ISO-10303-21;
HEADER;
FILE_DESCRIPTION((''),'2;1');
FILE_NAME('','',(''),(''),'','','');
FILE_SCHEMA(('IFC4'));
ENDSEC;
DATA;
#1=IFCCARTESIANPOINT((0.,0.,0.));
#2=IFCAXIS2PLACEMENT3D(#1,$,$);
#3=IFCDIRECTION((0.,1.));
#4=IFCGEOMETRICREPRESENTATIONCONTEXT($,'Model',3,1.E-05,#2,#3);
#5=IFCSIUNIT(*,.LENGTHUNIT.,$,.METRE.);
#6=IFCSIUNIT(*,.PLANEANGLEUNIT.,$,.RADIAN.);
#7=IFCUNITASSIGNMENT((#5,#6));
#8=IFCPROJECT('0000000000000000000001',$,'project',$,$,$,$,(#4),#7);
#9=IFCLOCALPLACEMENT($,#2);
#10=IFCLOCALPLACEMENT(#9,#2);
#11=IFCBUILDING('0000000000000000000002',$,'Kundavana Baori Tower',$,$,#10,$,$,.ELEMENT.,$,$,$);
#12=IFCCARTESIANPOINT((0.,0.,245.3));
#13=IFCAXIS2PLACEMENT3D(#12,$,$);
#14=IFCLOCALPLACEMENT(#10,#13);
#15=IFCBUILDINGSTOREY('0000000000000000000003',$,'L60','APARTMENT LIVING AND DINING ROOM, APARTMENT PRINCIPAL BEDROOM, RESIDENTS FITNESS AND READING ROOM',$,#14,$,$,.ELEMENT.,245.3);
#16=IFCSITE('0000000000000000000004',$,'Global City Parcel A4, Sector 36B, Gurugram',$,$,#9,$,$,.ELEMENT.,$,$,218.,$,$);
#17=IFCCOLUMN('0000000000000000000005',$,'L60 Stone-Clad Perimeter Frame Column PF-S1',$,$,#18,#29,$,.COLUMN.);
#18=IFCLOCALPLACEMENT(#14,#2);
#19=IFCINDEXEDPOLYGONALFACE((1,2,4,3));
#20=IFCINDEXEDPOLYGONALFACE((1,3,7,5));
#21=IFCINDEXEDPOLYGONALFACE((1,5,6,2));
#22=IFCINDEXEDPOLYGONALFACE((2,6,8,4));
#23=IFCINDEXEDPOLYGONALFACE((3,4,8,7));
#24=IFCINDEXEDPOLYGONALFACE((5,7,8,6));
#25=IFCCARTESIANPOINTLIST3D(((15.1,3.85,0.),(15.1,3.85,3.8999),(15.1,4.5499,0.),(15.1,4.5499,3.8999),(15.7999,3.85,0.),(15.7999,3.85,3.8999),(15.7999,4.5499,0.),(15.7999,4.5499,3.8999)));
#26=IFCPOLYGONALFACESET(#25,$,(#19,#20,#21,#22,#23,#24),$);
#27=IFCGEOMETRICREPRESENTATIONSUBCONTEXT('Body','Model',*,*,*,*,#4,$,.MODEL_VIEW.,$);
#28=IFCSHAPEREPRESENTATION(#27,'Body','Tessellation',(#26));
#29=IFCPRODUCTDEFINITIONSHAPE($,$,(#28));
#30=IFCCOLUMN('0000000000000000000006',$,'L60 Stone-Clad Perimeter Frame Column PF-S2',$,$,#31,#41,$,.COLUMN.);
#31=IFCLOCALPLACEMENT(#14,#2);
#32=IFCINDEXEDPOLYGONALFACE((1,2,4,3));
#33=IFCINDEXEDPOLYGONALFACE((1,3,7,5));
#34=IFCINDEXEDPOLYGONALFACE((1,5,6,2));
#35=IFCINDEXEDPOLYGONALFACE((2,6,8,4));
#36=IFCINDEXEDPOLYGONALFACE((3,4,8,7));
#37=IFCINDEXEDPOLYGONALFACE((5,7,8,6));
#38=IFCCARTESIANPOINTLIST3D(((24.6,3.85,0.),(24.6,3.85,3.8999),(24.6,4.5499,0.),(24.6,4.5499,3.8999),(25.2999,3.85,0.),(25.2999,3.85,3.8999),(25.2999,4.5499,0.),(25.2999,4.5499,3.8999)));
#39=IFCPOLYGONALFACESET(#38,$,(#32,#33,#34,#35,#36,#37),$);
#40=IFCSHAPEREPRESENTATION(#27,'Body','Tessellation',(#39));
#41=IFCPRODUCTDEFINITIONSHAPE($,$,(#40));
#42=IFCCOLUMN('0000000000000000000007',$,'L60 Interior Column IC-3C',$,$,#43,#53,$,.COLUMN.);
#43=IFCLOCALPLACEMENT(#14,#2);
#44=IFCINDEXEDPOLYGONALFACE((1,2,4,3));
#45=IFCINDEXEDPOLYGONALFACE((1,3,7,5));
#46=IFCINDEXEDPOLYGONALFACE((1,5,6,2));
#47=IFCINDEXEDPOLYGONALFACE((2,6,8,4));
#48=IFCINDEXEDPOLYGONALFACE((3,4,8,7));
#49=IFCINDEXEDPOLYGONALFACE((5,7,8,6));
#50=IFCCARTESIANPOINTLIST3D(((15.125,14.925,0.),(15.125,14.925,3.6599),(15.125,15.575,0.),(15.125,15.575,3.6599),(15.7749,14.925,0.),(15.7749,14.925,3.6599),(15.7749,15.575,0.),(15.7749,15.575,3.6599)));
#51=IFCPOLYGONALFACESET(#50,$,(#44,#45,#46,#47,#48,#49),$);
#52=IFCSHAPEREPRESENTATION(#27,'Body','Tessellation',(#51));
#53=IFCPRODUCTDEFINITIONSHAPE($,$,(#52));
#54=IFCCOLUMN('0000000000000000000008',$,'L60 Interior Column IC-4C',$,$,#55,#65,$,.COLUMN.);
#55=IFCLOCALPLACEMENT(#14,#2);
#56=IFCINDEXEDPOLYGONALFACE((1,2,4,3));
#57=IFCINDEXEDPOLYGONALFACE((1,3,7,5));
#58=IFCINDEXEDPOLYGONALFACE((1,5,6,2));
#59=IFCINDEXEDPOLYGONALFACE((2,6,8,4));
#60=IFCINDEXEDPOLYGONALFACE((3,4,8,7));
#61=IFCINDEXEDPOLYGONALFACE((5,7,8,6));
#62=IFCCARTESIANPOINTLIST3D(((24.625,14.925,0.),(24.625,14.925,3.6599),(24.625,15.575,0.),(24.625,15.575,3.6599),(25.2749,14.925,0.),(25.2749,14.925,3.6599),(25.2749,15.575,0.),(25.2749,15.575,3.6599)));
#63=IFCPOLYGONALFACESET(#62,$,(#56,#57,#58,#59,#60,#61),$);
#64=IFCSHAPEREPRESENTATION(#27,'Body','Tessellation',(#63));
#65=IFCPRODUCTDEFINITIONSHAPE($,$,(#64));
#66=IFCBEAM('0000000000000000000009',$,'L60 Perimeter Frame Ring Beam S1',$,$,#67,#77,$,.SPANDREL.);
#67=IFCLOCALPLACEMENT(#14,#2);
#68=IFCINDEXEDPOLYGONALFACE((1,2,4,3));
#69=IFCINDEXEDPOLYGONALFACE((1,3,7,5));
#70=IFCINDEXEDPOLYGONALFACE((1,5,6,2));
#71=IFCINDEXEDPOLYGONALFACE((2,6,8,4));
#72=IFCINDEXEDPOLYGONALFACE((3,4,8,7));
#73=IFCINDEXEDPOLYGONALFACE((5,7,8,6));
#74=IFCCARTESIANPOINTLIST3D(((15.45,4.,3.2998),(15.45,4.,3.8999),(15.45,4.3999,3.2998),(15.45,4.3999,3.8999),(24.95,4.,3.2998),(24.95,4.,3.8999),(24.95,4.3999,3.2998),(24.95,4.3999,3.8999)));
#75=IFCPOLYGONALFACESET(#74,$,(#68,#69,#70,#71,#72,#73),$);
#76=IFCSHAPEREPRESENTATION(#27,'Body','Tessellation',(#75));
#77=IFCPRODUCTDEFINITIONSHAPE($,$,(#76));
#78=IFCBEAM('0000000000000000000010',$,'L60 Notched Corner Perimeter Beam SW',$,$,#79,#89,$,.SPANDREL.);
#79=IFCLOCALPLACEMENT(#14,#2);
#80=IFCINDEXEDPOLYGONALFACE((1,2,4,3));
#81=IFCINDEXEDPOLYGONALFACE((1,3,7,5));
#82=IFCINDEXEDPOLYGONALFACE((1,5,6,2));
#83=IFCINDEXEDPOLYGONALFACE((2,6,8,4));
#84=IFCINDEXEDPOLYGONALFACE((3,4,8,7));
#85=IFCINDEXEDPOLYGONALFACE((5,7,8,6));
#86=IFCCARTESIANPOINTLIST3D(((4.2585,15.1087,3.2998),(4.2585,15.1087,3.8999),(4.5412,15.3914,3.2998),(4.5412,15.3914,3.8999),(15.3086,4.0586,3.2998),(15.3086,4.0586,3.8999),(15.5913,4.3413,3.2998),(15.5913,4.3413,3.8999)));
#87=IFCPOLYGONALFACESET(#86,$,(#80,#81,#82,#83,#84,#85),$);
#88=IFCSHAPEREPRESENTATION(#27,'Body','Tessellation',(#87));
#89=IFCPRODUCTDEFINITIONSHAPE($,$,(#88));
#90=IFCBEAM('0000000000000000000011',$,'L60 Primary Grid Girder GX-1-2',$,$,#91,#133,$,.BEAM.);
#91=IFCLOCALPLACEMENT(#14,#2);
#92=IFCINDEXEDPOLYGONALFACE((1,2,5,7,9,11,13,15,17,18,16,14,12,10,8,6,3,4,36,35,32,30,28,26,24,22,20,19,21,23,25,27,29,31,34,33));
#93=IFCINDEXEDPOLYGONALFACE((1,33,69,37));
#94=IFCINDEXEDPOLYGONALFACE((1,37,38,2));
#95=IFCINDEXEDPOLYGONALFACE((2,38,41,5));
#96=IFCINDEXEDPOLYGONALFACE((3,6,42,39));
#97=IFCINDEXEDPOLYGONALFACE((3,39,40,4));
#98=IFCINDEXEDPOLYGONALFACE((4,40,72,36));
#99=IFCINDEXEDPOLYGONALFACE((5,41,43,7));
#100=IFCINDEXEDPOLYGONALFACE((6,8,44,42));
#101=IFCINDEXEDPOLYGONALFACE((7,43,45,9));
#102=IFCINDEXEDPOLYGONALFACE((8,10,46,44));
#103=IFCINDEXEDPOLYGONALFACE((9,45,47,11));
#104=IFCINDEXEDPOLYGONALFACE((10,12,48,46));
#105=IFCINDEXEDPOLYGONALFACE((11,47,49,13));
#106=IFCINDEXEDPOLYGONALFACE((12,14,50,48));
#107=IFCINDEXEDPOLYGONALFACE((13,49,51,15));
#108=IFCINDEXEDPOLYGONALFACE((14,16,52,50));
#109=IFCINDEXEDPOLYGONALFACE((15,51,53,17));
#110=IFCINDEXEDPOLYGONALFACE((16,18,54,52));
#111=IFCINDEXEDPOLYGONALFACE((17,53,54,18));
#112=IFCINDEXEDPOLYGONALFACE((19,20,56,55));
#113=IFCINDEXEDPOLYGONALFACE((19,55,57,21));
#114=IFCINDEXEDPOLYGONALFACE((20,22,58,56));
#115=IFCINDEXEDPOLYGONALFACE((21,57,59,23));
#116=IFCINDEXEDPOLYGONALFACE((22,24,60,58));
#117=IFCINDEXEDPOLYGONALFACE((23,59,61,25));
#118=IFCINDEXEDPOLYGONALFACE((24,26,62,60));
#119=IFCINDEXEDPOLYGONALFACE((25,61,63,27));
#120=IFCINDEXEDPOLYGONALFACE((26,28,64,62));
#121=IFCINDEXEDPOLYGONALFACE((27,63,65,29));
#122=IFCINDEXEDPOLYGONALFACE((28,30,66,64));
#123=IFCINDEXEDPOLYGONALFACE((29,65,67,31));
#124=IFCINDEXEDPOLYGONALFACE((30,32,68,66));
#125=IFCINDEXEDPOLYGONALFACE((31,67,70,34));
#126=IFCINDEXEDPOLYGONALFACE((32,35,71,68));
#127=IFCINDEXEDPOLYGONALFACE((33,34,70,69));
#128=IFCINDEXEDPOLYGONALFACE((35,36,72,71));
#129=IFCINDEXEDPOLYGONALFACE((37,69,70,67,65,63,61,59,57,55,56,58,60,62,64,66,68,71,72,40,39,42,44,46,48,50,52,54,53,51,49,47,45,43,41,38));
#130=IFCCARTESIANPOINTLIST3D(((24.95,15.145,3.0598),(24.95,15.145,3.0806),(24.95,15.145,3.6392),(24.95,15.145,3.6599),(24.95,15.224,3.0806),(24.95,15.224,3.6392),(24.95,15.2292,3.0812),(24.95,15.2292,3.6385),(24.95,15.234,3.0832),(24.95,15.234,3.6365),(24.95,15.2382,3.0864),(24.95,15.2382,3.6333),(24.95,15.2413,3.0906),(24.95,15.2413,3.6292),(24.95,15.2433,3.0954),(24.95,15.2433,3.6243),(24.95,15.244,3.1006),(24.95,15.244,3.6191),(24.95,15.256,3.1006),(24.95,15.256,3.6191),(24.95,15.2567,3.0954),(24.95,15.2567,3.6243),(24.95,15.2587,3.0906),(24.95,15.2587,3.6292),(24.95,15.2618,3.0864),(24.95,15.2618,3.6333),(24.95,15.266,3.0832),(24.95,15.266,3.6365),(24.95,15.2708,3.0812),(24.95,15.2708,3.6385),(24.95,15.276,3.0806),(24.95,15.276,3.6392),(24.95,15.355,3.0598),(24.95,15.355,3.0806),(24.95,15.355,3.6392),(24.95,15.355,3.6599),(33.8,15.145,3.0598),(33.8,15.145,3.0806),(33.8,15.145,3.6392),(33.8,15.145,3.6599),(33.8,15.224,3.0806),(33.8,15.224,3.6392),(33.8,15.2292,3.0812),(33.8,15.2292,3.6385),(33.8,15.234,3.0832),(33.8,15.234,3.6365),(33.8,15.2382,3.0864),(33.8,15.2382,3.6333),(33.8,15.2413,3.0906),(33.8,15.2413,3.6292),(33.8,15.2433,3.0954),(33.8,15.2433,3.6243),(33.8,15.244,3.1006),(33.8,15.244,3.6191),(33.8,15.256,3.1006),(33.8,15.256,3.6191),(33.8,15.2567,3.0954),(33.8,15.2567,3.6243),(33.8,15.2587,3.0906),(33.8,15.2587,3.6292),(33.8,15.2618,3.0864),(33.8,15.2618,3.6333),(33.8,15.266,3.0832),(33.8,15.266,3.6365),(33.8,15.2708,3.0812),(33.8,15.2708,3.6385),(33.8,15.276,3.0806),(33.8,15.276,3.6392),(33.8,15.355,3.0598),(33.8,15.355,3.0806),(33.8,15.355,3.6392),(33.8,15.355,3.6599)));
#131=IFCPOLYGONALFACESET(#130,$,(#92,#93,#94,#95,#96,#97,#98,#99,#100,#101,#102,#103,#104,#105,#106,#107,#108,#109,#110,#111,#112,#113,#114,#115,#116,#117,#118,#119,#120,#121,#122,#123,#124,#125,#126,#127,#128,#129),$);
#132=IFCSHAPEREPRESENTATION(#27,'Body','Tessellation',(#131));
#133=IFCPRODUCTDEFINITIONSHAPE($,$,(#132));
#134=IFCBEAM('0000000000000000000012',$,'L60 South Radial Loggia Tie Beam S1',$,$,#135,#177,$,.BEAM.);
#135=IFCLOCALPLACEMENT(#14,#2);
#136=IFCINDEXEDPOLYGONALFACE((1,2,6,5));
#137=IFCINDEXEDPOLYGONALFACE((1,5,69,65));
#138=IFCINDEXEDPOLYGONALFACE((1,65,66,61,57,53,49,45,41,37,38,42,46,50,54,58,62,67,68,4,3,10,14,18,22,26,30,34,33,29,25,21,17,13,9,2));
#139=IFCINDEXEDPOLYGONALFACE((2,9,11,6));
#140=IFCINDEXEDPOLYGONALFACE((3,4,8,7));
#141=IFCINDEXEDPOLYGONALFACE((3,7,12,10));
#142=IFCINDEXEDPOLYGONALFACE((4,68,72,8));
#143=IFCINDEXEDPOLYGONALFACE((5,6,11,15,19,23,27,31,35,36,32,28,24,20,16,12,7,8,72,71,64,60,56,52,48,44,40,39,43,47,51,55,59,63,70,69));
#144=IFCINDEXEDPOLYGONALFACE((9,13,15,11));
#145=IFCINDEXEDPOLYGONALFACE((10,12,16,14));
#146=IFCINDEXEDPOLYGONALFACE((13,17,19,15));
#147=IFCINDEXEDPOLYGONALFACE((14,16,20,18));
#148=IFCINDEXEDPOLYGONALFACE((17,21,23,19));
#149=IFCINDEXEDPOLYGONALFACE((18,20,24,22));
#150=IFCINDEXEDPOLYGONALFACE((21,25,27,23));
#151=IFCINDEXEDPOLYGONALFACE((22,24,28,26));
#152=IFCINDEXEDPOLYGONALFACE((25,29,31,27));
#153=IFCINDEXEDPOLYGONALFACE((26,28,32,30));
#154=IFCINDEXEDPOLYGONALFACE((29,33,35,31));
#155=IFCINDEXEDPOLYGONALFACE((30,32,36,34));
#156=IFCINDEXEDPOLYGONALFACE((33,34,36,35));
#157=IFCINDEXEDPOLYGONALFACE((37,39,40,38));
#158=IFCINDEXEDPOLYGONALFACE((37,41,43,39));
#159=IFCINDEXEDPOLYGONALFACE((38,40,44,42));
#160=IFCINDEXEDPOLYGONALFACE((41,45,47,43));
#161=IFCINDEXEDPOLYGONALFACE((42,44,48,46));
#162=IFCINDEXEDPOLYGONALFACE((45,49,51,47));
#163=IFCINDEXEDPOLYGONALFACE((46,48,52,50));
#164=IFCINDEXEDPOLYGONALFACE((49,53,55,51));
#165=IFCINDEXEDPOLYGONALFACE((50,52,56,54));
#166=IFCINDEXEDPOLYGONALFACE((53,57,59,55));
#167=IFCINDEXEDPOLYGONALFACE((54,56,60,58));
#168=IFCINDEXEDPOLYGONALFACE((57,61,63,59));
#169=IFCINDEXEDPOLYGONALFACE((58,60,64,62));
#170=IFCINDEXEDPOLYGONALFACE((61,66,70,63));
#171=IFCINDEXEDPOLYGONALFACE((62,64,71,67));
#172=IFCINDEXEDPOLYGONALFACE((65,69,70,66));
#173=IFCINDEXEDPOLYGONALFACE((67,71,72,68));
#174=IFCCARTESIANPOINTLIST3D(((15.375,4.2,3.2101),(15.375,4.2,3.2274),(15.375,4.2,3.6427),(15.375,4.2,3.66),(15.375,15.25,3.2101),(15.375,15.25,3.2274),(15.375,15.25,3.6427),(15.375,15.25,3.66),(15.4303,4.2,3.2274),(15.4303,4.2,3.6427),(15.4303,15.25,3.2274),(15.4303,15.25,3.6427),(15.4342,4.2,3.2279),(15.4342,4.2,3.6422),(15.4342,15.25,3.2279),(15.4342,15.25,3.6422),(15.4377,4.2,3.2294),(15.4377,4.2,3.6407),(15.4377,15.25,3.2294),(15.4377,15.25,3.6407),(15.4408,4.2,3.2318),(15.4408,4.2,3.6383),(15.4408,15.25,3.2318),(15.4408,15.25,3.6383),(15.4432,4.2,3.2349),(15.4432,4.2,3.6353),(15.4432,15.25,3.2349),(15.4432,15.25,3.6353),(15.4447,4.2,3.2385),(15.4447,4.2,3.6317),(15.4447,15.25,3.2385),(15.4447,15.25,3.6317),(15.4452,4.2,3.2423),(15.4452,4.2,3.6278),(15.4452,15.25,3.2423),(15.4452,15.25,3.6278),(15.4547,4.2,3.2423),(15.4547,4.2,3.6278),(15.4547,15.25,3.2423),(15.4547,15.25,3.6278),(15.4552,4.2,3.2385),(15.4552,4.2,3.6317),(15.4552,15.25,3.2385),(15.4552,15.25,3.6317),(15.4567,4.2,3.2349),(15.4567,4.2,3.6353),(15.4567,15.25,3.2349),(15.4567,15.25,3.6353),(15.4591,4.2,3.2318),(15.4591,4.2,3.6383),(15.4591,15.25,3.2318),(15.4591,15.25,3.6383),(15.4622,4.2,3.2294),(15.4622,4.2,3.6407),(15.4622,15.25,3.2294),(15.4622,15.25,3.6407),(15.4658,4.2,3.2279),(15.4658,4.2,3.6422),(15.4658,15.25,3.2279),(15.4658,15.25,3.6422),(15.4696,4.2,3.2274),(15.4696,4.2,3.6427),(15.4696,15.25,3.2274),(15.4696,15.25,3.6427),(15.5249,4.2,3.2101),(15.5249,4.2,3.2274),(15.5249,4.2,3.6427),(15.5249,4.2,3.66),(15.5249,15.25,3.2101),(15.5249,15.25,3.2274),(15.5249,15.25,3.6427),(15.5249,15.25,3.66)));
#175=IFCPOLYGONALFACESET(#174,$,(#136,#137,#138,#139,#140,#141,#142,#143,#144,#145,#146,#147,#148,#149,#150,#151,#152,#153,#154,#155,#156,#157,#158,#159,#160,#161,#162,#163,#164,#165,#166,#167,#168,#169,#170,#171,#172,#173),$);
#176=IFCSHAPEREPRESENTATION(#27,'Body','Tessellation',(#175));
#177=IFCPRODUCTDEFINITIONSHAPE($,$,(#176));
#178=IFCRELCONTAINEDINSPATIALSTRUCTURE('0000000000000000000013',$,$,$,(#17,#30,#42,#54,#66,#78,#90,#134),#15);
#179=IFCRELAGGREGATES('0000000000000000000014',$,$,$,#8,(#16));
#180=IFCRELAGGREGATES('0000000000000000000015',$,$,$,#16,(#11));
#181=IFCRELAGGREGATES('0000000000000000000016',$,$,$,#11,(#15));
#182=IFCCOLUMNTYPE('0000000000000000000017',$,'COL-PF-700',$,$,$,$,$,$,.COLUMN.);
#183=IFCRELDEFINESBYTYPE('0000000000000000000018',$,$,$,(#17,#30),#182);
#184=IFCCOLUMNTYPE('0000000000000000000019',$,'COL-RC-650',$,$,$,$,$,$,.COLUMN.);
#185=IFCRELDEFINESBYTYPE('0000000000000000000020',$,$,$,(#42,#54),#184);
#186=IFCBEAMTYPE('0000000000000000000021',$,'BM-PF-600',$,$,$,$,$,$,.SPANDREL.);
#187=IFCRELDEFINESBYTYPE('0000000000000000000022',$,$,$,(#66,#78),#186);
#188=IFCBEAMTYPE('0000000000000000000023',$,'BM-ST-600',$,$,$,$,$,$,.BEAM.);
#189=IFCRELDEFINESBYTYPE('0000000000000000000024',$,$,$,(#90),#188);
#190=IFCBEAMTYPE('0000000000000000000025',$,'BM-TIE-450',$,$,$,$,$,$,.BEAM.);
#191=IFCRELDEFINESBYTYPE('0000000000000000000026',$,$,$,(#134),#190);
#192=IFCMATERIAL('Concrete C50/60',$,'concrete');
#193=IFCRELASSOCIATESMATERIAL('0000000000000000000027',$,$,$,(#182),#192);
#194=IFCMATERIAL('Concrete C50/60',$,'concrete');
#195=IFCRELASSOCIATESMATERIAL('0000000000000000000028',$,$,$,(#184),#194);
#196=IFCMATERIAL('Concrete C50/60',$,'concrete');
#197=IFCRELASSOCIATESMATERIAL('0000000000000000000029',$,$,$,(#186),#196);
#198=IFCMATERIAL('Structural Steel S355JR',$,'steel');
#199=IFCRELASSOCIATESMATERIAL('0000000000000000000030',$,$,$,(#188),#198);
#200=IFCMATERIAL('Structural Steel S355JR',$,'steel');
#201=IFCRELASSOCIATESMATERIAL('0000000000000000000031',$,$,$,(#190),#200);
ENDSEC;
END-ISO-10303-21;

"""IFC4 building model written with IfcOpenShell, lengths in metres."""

from ifc_helpers import new_model, si_unit, direction, frame, origin, origin_2d, place, context, subcontext, project, spatial, rectangle, i_section, extrude, material, material_profile, profile_set, type_object, element, save


model = new_model("IFC4")

# Units and contexts
model_context = context("Model", 3, precision=1e-05, world=origin(), true_north=direction((0.0, 1.0)))
body_context = subcontext(model_context, "Body", "Model", "MODEL_VIEW")
ifc_project = project(units=[si_unit("LENGTHUNIT", "METRE"), si_unit("PLANEANGLEUNIT", "RADIAN")], contexts=[model_context])

# Site, building, storey
site_placement = place(None, origin())
site = spatial("IfcSite", under=ifc_project, at=site_placement, Name="Global City Parcel A4, Sector 36B, Gurugram", CompositionType="ELEMENT", RefElevation=218.0)
building_placement = place(site_placement, origin())
building = spatial("IfcBuilding", under=site, at=building_placement, Name="Kundavana Baori Tower", CompositionType="ELEMENT")
storey_placement = place(building_placement, frame((0.0, 0.0, 245.3)))
storey = spatial("IfcBuildingStorey", under=building, at=storey_placement, Name="L60", Description="APARTMENT LIVING AND DINING ROOM, APARTMENT PRINCIPAL BEDROOM, RESIDENTS FITNESS AND READING ROOM", CompositionType="ELEMENT", Elevation=245.3)

# Columns
ifc_material_1 = material(Name="Concrete C50/60", Category="concrete")
ifc_material_profile_1 = material_profile(ifc_material_1, rectangle(XDim=0.7, YDim=0.7, at=origin_2d()), Name="RC PF 700x700")
ifc_profile_set_1 = profile_set([ifc_material_profile_1], Name="Concrete C50/60")
column_type_1 = type_object("IfcColumnType", Name="COL-PF-700", PredefinedType="COLUMN", material=ifc_profile_set_1)
for number, where, z_axis, x_axis, name in (
    (1, (15.45, 4.2, 0.0), (0.0, 0.0, 1.0), (1.0, 0.0, 0.0), "L60 Stone-Clad Perimeter Frame Column PF-S1"),
    (2, (24.95, 4.2, 0.0), (0.0, 0.0, 1.0), (1.0, 0.0, 0.0), "L60 Stone-Clad Perimeter Frame Column PF-S2"),
):
    element("IfcColumn", number, at=place(storey_placement, frame(where, z_axis=z_axis, x_axis=x_axis)), inside=storey, type_object=column_type_1, Name=name, PredefinedType="COLUMN", context=body_context, shape_type="SweptSolid", body=[
        extrude(rectangle(XDim=0.7, YDim=0.7, at=origin_2d()), origin(), (0.0, 0.0, 1.0), 3.8999),
    ])
ifc_material_2 = material(Name="Concrete C50/60", Category="concrete")
ifc_material_profile_2 = material_profile(ifc_material_2, rectangle(XDim=0.6499, YDim=0.6499, at=origin_2d()), Name="RC 650x650")
ifc_profile_set_2 = profile_set([ifc_material_profile_2], Name="Concrete C50/60")
column_type_2 = type_object("IfcColumnType", Name="COL-RC-650", PredefinedType="COLUMN", material=ifc_profile_set_2)
for number, where, z_axis, x_axis, name in (
    (3, (15.45, 15.25, 0.0), (0.0, 0.0, 1.0), (1.0, 0.0, 0.0), "L60 Interior Column IC-3C"),
    (4, (24.95, 15.25, 0.0), (0.0, 0.0, 1.0), (1.0, 0.0, 0.0), "L60 Interior Column IC-4C"),
):
    element("IfcColumn", number, at=place(storey_placement, frame(where, z_axis=z_axis, x_axis=x_axis)), inside=storey, type_object=column_type_2, Name=name, PredefinedType="COLUMN", context=body_context, shape_type="SweptSolid", body=[
        extrude(rectangle(XDim=0.6499, YDim=0.6499, at=origin_2d()), origin(), (0.0, 0.0, 1.0), 3.6599),
    ])

# Beams
ifc_material_3 = material(Name="Concrete C50/60", Category="concrete")
ifc_material_profile_3 = material_profile(ifc_material_3, rectangle(XDim=0.3999, YDim=0.6001, at=origin_2d()), Name="RC BM 400x600")
ifc_profile_set_3 = profile_set([ifc_material_profile_3], Name="Concrete C50/60")
beam_type_1 = type_object("IfcBeamType", Name="BM-PF-600", PredefinedType="SPANDREL", material=ifc_profile_set_3)
beam_1_placement = place(storey_placement, frame((15.45, 4.2, 3.5999), z_axis=(1.0, 0.0, 0.0), x_axis=(0.0, 1.0, 0.0)))
element("IfcBeam", 5, at=beam_1_placement, inside=storey, type_object=beam_type_1, Name="L60 Perimeter Frame Ring Beam S1", PredefinedType="SPANDREL", context=body_context, shape_type="SweptSolid", body=[
    extrude(rectangle(XDim=0.3999, YDim=0.6001, at=origin_2d()), origin(), (0.0, 0.0, 1.0), 9.5),
])
beam_2_placement = place(storey_placement, frame((15.45, 4.2, 3.5999), z_axis=(-0.707107, 0.707107, 0.0), x_axis=(-0.707107, -0.707107, 0.0)))
element("IfcBeam", 6, at=beam_2_placement, inside=storey, type_object=beam_type_1, Name="L60 Notched Corner Perimeter Beam SW", PredefinedType="SPANDREL", context=body_context, shape_type="SweptSolid", body=[
    extrude(rectangle(XDim=0.3999, YDim=0.6001, at=origin_2d()), origin(), (0.0, 0.0, 1.0), 15.6272),
])
ifc_material_4 = material(Name="Structural Steel S355JR", Category="steel")
ifc_material_profile_4 = material_profile(ifc_material_4, i_section(OverallWidth=0.21, OverallDepth=0.6001, WebThickness=0.012, FlangeThickness=0.0208, FilletRadius=0.02, at=origin_2d()), Name="ISMB 600")
ifc_profile_set_4 = profile_set([ifc_material_profile_4], Name="Structural Steel S355JR")
beam_type_2 = type_object("IfcBeamType", Name="BM-ST-600", PredefinedType="BEAM", material=ifc_profile_set_4)
beam_3_placement = place(storey_placement, frame((24.95, 15.25, 3.3599), z_axis=(1.0, 0.0, 0.0), x_axis=(0.0, 1.0, 0.0)))
element("IfcBeam", 7, at=beam_3_placement, inside=storey, type_object=beam_type_2, Name="L60 Primary Grid Girder GX-1-2", PredefinedType="BEAM", context=body_context, shape_type="SweptSolid", body=[
    extrude(i_section(OverallWidth=0.21, OverallDepth=0.6001, WebThickness=0.012, FlangeThickness=0.0208, FilletRadius=0.02, at=origin_2d()), origin(), (0.0, 0.0, 1.0), 8.8501),
])
ifc_material_5 = material(Name="Structural Steel S355JR", Category="steel")
ifc_material_profile_5 = material_profile(ifc_material_5, i_section(OverallWidth=0.1499, OverallDepth=0.45, WebThickness=0.0095, FlangeThickness=0.0173, FilletRadius=0.0149, at=origin_2d()), Name="ISMB 450")
ifc_profile_set_5 = profile_set([ifc_material_profile_5], Name="Structural Steel S355JR")
beam_type_3 = type_object("IfcBeamType", Name="BM-TIE-450", PredefinedType="BEAM", material=ifc_profile_set_5)
for number, where, z_axis, x_axis, name in (
    (8, (15.45, 15.25, 3.4351), (0.0, -1.0, 0.0), (1.0, 0.0, 0.0), "L60 South Radial Loggia Tie Beam S1"),
):
    element("IfcBeam", number, at=place(storey_placement, frame(where, z_axis=z_axis, x_axis=x_axis)), inside=storey, type_object=beam_type_3, Name=name, PredefinedType="BEAM", context=body_context, shape_type="SweptSolid", body=[
        extrude(i_section(OverallWidth=0.1499, OverallDepth=0.45, WebThickness=0.0095, FlangeThickness=0.0173, FilletRadius=0.0149, at=origin_2d()), origin(), (0.0, 0.0, 1.0), 11.05),
    ])

save(model, "model.ifc")
